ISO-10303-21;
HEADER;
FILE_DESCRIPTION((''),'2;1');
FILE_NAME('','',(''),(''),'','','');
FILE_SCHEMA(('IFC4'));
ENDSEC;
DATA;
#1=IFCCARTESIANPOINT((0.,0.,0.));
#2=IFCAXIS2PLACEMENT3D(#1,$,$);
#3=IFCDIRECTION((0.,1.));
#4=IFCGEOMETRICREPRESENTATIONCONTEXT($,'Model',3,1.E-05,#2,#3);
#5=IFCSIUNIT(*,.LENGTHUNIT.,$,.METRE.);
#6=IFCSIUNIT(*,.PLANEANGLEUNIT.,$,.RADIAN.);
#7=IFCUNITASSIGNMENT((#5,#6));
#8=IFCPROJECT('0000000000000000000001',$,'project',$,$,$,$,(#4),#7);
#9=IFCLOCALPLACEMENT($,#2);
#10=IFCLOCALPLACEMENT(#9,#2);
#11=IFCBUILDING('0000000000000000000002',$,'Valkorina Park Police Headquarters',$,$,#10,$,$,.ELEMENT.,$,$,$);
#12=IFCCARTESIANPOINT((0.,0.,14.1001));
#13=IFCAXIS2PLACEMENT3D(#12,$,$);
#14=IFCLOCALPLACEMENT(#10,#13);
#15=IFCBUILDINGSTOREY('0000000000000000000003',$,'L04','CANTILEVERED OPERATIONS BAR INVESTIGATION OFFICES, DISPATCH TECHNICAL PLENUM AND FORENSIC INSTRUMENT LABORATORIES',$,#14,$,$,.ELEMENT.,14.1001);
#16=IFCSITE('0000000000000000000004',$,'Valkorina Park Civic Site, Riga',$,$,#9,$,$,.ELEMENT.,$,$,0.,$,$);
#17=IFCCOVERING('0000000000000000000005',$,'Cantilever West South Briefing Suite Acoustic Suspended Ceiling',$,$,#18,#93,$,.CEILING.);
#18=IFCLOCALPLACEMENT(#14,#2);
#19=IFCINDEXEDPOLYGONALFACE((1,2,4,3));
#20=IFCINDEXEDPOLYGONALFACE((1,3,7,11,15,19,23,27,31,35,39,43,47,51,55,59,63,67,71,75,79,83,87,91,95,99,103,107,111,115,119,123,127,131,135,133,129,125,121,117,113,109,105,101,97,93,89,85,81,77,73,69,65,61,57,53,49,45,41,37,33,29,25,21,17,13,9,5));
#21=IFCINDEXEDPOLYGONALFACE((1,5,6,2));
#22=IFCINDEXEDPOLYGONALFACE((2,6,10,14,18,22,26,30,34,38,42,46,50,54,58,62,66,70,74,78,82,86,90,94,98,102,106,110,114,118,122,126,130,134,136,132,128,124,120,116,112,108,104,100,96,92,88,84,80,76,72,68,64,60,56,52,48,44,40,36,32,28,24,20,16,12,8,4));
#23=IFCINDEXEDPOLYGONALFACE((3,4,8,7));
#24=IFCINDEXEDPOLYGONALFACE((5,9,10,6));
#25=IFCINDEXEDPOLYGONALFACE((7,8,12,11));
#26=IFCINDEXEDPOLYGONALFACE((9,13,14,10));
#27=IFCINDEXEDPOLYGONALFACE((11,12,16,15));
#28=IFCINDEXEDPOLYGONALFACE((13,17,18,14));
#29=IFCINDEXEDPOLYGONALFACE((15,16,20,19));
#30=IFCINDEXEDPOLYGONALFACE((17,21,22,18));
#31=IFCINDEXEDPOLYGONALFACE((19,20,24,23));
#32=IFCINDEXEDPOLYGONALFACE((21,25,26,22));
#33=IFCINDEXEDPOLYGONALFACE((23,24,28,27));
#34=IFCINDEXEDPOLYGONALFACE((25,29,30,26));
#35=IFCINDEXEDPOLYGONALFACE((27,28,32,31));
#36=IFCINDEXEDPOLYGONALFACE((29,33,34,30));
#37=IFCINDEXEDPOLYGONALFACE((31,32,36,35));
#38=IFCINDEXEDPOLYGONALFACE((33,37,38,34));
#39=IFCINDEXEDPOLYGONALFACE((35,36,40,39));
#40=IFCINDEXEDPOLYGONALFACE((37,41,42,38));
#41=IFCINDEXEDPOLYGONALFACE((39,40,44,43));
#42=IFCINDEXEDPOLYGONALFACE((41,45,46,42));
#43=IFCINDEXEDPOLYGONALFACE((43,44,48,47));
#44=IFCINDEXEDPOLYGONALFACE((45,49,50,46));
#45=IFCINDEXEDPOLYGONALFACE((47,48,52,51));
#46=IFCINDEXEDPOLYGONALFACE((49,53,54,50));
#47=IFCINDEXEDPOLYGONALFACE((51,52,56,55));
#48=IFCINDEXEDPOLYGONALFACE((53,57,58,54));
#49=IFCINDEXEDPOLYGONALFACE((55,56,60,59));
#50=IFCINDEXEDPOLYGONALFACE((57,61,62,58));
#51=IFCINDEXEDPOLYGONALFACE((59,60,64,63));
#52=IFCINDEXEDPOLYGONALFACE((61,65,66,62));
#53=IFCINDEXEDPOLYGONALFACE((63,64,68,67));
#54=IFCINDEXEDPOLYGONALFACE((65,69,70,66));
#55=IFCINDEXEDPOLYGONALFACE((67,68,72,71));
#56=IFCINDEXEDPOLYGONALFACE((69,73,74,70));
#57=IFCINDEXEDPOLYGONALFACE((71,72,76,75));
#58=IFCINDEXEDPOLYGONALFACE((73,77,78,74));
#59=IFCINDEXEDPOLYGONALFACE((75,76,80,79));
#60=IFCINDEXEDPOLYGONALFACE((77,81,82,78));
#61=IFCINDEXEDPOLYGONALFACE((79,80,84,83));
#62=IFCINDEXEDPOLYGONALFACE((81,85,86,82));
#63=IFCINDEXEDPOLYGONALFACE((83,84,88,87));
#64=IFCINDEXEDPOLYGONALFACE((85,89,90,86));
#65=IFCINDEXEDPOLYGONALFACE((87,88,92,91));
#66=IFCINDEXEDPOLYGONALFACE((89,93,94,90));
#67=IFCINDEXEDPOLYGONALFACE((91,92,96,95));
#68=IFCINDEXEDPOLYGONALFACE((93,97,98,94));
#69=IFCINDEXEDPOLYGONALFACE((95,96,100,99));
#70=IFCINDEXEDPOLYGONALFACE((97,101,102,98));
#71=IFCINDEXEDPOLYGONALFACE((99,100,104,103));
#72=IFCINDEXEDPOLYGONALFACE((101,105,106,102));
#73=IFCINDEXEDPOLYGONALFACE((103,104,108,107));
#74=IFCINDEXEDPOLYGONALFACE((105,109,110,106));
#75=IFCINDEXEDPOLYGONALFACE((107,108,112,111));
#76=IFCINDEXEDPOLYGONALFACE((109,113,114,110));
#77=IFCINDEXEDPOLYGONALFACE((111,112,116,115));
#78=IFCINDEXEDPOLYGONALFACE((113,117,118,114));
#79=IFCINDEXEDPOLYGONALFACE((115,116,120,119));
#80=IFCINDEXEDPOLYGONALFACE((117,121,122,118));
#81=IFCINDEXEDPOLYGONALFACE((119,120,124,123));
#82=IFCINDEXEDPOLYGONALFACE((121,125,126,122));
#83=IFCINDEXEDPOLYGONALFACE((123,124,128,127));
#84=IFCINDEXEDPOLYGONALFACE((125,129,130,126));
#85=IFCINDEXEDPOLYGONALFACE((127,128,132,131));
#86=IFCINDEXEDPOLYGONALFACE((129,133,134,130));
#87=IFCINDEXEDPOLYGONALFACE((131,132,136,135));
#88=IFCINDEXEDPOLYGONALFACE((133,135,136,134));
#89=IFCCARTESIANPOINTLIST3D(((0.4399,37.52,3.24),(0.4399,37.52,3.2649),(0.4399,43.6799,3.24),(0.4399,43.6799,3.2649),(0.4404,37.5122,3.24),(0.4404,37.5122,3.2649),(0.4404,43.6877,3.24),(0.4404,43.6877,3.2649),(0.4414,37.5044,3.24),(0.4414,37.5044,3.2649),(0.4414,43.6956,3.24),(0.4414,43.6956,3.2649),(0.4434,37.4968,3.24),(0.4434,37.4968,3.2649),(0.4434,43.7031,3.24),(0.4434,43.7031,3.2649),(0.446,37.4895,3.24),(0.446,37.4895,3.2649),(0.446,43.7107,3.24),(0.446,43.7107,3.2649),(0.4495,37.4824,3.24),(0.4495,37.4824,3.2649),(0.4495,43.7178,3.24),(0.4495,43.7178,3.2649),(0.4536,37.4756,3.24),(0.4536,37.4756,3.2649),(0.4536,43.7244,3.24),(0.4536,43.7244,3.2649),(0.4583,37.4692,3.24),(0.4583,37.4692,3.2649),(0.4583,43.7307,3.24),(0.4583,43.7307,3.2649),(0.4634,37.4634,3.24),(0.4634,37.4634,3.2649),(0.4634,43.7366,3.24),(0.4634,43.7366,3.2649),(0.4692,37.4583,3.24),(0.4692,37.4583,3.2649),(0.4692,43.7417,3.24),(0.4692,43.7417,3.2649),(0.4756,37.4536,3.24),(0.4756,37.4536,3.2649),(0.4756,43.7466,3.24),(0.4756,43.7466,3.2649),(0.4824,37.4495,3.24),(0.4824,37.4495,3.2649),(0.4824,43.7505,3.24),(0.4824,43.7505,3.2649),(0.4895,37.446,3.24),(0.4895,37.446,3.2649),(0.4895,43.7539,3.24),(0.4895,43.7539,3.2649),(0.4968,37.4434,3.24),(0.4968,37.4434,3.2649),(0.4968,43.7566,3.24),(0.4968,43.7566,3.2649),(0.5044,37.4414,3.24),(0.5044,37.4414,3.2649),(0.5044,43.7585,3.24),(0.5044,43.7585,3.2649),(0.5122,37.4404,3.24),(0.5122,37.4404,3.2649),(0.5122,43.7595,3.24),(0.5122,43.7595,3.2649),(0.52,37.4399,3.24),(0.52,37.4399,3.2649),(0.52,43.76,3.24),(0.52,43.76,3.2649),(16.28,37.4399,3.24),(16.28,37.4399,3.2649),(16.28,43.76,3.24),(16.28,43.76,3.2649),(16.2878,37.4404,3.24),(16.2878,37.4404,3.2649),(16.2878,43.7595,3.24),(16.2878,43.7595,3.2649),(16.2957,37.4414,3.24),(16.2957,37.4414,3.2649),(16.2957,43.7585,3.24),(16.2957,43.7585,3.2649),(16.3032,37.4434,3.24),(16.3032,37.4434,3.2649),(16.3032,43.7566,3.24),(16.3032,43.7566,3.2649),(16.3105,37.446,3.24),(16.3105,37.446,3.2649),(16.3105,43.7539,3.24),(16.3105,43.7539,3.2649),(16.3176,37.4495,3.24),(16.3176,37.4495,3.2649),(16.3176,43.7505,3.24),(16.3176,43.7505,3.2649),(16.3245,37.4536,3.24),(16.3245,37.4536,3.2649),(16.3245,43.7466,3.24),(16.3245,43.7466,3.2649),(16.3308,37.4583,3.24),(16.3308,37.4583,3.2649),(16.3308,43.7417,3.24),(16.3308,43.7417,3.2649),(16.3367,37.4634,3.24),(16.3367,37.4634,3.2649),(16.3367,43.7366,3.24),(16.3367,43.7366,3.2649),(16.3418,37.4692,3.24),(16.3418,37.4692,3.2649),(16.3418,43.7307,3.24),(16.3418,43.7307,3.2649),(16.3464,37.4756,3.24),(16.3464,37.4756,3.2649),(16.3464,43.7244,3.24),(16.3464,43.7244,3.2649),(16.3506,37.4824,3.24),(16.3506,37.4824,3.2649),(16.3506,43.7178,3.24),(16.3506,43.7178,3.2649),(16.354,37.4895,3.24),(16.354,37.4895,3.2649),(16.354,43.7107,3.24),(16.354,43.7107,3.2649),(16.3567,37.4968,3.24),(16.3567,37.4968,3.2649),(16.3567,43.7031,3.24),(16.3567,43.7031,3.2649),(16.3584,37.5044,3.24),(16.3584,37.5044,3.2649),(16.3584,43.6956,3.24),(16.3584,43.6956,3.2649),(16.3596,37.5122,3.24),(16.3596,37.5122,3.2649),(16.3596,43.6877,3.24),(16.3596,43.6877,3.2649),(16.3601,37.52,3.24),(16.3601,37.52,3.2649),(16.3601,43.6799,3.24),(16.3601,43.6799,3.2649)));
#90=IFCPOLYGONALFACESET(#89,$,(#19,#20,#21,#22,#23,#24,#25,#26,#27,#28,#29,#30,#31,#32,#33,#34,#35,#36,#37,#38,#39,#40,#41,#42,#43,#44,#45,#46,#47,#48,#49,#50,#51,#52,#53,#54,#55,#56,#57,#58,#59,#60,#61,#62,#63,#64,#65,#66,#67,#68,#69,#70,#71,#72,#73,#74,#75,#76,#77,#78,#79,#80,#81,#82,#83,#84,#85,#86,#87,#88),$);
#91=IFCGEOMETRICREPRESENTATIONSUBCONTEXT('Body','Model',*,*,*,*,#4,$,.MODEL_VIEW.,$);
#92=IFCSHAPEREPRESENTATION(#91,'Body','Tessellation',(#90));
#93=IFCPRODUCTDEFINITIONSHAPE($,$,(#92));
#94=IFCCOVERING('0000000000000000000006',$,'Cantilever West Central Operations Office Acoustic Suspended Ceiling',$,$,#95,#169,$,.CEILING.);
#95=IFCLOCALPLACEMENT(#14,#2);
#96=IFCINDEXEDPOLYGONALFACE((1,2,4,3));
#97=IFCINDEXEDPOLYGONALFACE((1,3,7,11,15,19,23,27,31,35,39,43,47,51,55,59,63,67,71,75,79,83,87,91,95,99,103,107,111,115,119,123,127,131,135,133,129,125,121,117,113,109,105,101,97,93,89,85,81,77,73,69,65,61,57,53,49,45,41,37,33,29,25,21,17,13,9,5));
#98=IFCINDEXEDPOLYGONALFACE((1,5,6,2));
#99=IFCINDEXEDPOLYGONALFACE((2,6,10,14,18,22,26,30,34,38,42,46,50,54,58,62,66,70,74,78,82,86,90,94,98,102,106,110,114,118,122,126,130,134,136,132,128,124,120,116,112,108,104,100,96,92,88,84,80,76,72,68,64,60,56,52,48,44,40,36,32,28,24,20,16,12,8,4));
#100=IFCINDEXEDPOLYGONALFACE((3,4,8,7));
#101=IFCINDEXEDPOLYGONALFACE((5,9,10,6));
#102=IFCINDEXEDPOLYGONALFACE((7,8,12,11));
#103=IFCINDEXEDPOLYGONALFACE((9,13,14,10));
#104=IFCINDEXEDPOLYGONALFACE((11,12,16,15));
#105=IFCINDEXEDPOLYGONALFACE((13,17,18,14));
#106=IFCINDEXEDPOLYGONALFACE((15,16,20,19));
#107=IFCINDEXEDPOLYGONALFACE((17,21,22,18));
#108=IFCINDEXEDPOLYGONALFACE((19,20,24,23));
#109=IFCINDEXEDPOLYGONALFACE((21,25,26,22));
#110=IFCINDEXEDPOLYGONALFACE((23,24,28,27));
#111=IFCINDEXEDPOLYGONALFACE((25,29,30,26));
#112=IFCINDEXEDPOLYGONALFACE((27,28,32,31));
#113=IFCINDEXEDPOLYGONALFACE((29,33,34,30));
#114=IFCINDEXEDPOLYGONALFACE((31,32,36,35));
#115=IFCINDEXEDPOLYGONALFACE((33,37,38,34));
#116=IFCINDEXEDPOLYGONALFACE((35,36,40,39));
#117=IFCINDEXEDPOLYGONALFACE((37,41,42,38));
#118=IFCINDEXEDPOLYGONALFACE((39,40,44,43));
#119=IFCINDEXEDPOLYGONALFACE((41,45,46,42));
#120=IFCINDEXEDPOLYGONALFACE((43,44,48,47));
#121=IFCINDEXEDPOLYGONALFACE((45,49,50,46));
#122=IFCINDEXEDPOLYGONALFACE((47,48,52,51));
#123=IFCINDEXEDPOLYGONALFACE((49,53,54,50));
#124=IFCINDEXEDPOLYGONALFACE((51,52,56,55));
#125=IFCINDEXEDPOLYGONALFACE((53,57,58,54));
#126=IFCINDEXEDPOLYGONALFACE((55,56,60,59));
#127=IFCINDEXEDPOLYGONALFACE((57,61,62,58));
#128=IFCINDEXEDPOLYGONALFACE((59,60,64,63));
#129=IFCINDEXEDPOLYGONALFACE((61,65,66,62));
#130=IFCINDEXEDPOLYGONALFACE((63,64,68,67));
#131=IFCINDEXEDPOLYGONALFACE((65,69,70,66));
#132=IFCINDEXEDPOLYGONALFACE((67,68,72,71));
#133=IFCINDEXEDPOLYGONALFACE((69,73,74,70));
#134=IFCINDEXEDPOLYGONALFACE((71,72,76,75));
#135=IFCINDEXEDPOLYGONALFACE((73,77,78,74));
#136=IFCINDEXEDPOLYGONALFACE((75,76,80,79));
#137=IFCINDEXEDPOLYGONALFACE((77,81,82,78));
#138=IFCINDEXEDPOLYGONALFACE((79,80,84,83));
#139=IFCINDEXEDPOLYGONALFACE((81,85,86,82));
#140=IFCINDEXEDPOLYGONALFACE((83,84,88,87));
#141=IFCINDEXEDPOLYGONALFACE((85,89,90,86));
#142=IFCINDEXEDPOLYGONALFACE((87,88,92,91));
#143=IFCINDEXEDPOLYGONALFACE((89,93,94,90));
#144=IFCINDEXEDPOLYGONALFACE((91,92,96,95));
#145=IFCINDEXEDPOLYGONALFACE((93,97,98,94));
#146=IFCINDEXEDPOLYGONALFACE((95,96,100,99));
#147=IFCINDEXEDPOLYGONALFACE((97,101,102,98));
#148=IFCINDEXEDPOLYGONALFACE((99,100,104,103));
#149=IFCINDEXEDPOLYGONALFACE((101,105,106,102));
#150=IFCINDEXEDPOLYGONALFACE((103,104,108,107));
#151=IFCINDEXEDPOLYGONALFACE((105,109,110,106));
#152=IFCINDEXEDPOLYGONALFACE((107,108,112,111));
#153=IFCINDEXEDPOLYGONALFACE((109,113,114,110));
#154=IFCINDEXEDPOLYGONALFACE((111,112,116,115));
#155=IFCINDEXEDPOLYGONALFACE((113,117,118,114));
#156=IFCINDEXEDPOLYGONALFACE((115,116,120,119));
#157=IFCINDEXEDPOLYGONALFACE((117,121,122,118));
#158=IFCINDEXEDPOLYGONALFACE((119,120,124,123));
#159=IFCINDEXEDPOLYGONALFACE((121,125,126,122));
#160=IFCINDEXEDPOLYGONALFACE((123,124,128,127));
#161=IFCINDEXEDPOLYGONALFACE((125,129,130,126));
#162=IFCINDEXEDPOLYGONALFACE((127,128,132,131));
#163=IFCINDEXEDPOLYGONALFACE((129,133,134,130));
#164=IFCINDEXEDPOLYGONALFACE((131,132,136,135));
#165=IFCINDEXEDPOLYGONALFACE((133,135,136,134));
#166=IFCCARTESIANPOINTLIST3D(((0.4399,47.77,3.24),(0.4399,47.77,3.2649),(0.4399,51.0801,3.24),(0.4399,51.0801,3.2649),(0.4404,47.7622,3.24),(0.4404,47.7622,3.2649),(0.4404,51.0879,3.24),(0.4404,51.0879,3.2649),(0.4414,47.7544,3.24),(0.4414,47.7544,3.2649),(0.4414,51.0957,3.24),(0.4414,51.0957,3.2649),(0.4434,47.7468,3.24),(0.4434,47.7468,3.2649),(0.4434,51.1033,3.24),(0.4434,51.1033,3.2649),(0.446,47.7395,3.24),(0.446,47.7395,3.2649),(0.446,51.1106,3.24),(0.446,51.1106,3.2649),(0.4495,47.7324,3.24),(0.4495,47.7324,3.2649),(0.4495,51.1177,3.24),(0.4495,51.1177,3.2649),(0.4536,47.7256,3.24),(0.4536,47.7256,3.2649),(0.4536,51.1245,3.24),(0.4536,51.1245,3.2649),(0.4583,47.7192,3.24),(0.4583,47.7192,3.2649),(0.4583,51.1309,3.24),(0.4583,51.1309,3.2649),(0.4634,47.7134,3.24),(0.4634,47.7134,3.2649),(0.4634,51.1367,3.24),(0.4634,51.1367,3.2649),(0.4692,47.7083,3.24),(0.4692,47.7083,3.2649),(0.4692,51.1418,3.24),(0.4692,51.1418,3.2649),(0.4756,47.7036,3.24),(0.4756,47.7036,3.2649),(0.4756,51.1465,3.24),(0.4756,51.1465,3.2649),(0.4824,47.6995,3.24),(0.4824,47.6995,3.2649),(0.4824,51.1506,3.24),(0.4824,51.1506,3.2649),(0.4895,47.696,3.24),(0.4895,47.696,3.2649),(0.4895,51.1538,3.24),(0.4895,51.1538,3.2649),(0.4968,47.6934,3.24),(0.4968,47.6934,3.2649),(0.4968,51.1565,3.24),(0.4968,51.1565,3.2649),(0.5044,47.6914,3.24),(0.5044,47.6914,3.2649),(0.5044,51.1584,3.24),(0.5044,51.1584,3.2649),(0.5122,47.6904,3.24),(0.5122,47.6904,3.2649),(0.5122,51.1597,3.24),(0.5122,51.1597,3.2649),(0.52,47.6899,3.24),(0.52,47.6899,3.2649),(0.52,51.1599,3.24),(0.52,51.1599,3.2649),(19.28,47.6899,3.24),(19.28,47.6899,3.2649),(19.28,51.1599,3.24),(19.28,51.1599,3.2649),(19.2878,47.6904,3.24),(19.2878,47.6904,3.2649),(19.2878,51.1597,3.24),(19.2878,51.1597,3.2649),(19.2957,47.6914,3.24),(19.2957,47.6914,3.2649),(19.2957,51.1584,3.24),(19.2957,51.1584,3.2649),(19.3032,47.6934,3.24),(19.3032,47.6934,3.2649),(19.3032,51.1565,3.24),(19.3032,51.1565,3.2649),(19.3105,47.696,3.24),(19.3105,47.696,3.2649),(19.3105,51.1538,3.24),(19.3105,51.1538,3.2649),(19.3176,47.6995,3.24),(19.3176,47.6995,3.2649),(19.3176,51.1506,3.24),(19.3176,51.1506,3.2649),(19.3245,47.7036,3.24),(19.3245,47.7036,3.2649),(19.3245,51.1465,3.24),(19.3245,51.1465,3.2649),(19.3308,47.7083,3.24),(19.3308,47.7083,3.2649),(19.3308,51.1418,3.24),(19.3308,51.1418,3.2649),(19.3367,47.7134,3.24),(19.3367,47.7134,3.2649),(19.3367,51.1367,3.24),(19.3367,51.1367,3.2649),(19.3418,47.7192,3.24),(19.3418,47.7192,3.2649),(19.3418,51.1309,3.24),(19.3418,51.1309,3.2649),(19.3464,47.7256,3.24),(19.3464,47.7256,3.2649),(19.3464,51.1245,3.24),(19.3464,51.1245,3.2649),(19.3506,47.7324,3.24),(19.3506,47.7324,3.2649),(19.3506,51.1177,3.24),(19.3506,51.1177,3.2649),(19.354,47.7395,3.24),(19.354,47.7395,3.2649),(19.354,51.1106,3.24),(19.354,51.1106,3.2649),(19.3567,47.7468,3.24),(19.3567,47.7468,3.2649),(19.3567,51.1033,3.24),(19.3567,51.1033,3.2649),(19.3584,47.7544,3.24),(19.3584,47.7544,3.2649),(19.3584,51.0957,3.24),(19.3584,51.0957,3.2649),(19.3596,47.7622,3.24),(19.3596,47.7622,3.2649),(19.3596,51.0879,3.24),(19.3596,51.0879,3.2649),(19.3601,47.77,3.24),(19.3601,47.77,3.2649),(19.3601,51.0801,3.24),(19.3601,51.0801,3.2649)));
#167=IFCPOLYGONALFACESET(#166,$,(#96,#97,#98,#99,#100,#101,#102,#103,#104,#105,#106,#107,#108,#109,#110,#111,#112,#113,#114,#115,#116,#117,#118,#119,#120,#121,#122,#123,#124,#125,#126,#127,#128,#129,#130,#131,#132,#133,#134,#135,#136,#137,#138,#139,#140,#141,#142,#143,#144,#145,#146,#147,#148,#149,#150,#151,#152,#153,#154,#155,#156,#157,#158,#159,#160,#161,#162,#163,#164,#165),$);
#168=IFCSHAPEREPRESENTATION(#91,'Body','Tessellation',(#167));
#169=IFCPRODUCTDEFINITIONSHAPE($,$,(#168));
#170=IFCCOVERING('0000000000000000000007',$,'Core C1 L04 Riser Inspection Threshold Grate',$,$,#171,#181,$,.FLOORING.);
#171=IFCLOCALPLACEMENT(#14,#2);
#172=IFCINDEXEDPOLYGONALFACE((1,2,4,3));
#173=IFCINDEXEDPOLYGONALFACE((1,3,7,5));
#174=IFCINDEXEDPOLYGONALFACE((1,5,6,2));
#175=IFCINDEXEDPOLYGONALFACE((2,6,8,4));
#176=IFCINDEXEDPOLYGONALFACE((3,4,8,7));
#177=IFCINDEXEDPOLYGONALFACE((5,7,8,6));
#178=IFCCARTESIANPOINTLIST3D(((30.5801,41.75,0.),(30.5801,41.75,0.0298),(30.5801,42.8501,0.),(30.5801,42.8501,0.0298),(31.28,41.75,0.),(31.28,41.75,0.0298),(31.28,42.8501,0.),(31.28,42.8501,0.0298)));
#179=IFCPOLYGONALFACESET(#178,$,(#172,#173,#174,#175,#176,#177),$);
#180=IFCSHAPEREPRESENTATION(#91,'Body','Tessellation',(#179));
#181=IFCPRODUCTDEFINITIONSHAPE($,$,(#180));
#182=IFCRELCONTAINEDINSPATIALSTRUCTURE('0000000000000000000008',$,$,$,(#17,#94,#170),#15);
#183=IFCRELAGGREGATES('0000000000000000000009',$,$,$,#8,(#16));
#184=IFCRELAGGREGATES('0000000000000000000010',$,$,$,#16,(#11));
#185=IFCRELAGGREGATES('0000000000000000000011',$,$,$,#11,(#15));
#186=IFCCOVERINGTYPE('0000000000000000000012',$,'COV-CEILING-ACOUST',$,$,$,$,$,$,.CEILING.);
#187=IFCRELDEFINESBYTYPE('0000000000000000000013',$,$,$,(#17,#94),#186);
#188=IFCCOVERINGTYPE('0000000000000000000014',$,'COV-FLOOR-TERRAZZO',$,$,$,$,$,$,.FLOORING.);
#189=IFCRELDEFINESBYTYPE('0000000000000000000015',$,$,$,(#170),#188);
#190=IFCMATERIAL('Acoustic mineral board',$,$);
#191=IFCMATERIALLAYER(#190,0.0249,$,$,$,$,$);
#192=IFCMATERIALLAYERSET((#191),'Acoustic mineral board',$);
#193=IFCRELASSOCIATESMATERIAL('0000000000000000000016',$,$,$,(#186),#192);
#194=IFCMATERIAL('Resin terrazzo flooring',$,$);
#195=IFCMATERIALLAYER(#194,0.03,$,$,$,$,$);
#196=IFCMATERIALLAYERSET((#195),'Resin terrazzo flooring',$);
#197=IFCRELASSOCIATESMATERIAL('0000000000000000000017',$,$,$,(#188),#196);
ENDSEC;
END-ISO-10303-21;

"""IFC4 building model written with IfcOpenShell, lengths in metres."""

from ifc_helpers import new_model, si_unit, direction, frame, origin, place, context, subcontext, project, spatial, polyline, outline, extrude, material, layer, layer_set, type_object, element, save


model = new_model("IFC4")

# Units and contexts
model_context = context("Model", 3, precision=1e-05, world=origin(), true_north=direction((0.0, 1.0)))
body_context = subcontext(model_context, "Body", "Model", "MODEL_VIEW")
ifc_project = project(units=[si_unit("LENGTHUNIT", "METRE"), si_unit("PLANEANGLEUNIT", "RADIAN")], contexts=[model_context])

# Site, building, storey
site_placement = place(None, origin())
site = spatial("IfcSite", under=ifc_project, at=site_placement, Name="Valkorina Park Civic Site, Riga", CompositionType="ELEMENT", RefElevation=0.0)
building_placement = place(site_placement, origin())
building = spatial("IfcBuilding", under=site, at=building_placement, Name="Valkorina Park Police Headquarters", CompositionType="ELEMENT")
storey_placement = place(building_placement, frame((0.0, 0.0, 14.1001)))
storey = spatial("IfcBuildingStorey", under=building, at=storey_placement, Name="L04", Description="CANTILEVERED OPERATIONS BAR INVESTIGATION OFFICES, DISPATCH TECHNICAL PLENUM AND FORENSIC INSTRUMENT LABORATORIES", CompositionType="ELEMENT", Elevation=14.1001)

# Coverings
ifc_material_1 = material(Name="Acoustic mineral board")
ifc_layer_1 = layer(ifc_material_1, 0.0249)
ifc_layer_set_1 = layer_set([ifc_layer_1], Name="Acoustic mineral board")
covering_type_1 = type_object("IfcCoveringType", Name="COV-CEILING-ACOUST", PredefinedType="CEILING", material=ifc_layer_set_1)
covering_1_placement = place(storey_placement, frame((0.0, 0.0, 3.24)))
element("IfcCovering", 1, at=covering_1_placement, inside=storey, type_object=covering_type_1, Name="Cantilever West South Briefing Suite Acoustic Suspended Ceiling", PredefinedType="CEILING", context=body_context, shape_type="SweptSolid", body=[
    extrude(outline(polyline([(16.3584, 37.5044), (16.3596, 37.5122), (16.3601, 37.52), (16.3601, 43.6799), (16.3596, 43.6877), (16.3584, 43.6956), (16.3567, 43.7031), (16.354, 43.7107), (16.3506, 43.7178), (16.3464, 43.7244), (16.3418, 43.7307), (16.3367, 43.7366), (16.3308, 43.7417), (16.3245, 43.7466), (16.3176, 43.7505), (16.3105, 43.7539), (16.3032, 43.7566), (16.2957, 43.7585), (16.2878, 43.7595), (16.28, 43.76), (0.52, 43.76), (0.5122, 43.7595), (0.5044, 43.7585), (0.4968, 43.7566), (0.4895, 43.7539), (0.4824, 43.7505), (0.4756, 43.7466), (0.4692, 43.7417), (0.4634, 43.7366), (0.4583, 43.7307), (0.4536, 43.7244), (0.4495, 43.7178), (0.446, 43.7107), (0.4434, 43.7031), (0.4414, 43.6956), (0.4404, 43.6877), (0.4399, 43.6799), (0.4399, 37.52), (0.4404, 37.5122), (0.4414, 37.5044), (0.4434, 37.4968), (0.446, 37.4895), (0.4495, 37.4824), (0.4536, 37.4756), (0.4583, 37.4692), (0.4634, 37.4634), (0.4692, 37.4583), (0.4756, 37.4536), (0.4824, 37.4495), (0.4895, 37.446), (0.4968, 37.4434), (0.5044, 37.4414), (0.5122, 37.4404), (0.52, 37.4399), (16.28, 37.4399), (16.2878, 37.4404), (16.2957, 37.4414), (16.3032, 37.4434), (16.3105, 37.446), (16.3176, 37.4495), (16.3245, 37.4536), (16.3308, 37.4583), (16.3367, 37.4634), (16.3418, 37.4692), (16.3464, 37.4756), (16.3506, 37.4824), (16.354, 37.4895), (16.3567, 37.4968), (16.3584, 37.5044)])), origin(), (0.0, 0.0, 1.0), 0.0249),
])
covering_2_placement = place(storey_placement, frame((0.0, 0.0, 3.24)))
element("IfcCovering", 2, at=covering_2_placement, inside=storey, type_object=covering_type_1, Name="Cantilever West Central Operations Office Acoustic Suspended Ceiling", PredefinedType="CEILING", context=body_context, shape_type="SweptSolid", body=[
    extrude(outline(polyline([(19.3584, 47.7544), (19.3596, 47.7622), (19.3601, 47.77), (19.3601, 51.0801), (19.3596, 51.0879), (19.3584, 51.0957), (19.3567, 51.1033), (19.354, 51.1106), (19.3506, 51.1177), (19.3464, 51.1245), (19.3418, 51.1309), (19.3367, 51.1367), (19.3308, 51.1418), (19.3245, 51.1465), (19.3176, 51.1506), (19.3105, 51.1538), (19.3032, 51.1565), (19.2957, 51.1584), (19.2878, 51.1597), (19.28, 51.1599), (0.52, 51.1599), (0.5122, 51.1597), (0.5044, 51.1584), (0.4968, 51.1565), (0.4895, 51.1538), (0.4824, 51.1506), (0.4756, 51.1465), (0.4692, 51.1418), (0.4634, 51.1367), (0.4583, 51.1309), (0.4536, 51.1245), (0.4495, 51.1177), (0.446, 51.1106), (0.4434, 51.1033), (0.4414, 51.0957), (0.4404, 51.0879), (0.4399, 51.0801), (0.4399, 47.77), (0.4404, 47.7622), (0.4414, 47.7544), (0.4434, 47.7468), (0.446, 47.7395), (0.4495, 47.7324), (0.4536, 47.7256), (0.4583, 47.7192), (0.4634, 47.7134), (0.4692, 47.7083), (0.4756, 47.7036), (0.4824, 47.6995), (0.4895, 47.696), (0.4968, 47.6934), (0.5044, 47.6914), (0.5122, 47.6904), (0.52, 47.6899), (19.28, 47.6899), (19.2878, 47.6904), (19.2957, 47.6914), (19.3032, 47.6934), (19.3105, 47.696), (19.3176, 47.6995), (19.3245, 47.7036), (19.3308, 47.7083), (19.3367, 47.7134), (19.3418, 47.7192), (19.3464, 47.7256), (19.3506, 47.7324), (19.354, 47.7395), (19.3567, 47.7468), (19.3584, 47.7544)])), origin(), (0.0, 0.0, 1.0), 0.0249),
])
ifc_material_2 = material(Name="Resin terrazzo flooring")
ifc_layer_2 = layer(ifc_material_2, 0.03)
ifc_layer_set_2 = layer_set([ifc_layer_2], Name="Resin terrazzo flooring")
covering_type_2 = type_object("IfcCoveringType", Name="COV-FLOOR-TERRAZZO", PredefinedType="FLOORING", material=ifc_layer_set_2)
covering_3_placement = place(storey_placement, origin())
element("IfcCovering", 3, at=covering_3_placement, inside=storey, type_object=covering_type_2, Name="Core C1 L04 Riser Inspection Threshold Grate", PredefinedType="FLOORING", context=body_context, shape_type="SweptSolid", body=[
    extrude(outline(polyline([(31.28, 41.75), (31.28, 42.8501), (30.5801, 42.8501), (30.5801, 41.75), (31.28, 41.75)])), origin(), (0.0, 0.0, 1.0), 0.0298),
])

save(model, "model.ifc")
